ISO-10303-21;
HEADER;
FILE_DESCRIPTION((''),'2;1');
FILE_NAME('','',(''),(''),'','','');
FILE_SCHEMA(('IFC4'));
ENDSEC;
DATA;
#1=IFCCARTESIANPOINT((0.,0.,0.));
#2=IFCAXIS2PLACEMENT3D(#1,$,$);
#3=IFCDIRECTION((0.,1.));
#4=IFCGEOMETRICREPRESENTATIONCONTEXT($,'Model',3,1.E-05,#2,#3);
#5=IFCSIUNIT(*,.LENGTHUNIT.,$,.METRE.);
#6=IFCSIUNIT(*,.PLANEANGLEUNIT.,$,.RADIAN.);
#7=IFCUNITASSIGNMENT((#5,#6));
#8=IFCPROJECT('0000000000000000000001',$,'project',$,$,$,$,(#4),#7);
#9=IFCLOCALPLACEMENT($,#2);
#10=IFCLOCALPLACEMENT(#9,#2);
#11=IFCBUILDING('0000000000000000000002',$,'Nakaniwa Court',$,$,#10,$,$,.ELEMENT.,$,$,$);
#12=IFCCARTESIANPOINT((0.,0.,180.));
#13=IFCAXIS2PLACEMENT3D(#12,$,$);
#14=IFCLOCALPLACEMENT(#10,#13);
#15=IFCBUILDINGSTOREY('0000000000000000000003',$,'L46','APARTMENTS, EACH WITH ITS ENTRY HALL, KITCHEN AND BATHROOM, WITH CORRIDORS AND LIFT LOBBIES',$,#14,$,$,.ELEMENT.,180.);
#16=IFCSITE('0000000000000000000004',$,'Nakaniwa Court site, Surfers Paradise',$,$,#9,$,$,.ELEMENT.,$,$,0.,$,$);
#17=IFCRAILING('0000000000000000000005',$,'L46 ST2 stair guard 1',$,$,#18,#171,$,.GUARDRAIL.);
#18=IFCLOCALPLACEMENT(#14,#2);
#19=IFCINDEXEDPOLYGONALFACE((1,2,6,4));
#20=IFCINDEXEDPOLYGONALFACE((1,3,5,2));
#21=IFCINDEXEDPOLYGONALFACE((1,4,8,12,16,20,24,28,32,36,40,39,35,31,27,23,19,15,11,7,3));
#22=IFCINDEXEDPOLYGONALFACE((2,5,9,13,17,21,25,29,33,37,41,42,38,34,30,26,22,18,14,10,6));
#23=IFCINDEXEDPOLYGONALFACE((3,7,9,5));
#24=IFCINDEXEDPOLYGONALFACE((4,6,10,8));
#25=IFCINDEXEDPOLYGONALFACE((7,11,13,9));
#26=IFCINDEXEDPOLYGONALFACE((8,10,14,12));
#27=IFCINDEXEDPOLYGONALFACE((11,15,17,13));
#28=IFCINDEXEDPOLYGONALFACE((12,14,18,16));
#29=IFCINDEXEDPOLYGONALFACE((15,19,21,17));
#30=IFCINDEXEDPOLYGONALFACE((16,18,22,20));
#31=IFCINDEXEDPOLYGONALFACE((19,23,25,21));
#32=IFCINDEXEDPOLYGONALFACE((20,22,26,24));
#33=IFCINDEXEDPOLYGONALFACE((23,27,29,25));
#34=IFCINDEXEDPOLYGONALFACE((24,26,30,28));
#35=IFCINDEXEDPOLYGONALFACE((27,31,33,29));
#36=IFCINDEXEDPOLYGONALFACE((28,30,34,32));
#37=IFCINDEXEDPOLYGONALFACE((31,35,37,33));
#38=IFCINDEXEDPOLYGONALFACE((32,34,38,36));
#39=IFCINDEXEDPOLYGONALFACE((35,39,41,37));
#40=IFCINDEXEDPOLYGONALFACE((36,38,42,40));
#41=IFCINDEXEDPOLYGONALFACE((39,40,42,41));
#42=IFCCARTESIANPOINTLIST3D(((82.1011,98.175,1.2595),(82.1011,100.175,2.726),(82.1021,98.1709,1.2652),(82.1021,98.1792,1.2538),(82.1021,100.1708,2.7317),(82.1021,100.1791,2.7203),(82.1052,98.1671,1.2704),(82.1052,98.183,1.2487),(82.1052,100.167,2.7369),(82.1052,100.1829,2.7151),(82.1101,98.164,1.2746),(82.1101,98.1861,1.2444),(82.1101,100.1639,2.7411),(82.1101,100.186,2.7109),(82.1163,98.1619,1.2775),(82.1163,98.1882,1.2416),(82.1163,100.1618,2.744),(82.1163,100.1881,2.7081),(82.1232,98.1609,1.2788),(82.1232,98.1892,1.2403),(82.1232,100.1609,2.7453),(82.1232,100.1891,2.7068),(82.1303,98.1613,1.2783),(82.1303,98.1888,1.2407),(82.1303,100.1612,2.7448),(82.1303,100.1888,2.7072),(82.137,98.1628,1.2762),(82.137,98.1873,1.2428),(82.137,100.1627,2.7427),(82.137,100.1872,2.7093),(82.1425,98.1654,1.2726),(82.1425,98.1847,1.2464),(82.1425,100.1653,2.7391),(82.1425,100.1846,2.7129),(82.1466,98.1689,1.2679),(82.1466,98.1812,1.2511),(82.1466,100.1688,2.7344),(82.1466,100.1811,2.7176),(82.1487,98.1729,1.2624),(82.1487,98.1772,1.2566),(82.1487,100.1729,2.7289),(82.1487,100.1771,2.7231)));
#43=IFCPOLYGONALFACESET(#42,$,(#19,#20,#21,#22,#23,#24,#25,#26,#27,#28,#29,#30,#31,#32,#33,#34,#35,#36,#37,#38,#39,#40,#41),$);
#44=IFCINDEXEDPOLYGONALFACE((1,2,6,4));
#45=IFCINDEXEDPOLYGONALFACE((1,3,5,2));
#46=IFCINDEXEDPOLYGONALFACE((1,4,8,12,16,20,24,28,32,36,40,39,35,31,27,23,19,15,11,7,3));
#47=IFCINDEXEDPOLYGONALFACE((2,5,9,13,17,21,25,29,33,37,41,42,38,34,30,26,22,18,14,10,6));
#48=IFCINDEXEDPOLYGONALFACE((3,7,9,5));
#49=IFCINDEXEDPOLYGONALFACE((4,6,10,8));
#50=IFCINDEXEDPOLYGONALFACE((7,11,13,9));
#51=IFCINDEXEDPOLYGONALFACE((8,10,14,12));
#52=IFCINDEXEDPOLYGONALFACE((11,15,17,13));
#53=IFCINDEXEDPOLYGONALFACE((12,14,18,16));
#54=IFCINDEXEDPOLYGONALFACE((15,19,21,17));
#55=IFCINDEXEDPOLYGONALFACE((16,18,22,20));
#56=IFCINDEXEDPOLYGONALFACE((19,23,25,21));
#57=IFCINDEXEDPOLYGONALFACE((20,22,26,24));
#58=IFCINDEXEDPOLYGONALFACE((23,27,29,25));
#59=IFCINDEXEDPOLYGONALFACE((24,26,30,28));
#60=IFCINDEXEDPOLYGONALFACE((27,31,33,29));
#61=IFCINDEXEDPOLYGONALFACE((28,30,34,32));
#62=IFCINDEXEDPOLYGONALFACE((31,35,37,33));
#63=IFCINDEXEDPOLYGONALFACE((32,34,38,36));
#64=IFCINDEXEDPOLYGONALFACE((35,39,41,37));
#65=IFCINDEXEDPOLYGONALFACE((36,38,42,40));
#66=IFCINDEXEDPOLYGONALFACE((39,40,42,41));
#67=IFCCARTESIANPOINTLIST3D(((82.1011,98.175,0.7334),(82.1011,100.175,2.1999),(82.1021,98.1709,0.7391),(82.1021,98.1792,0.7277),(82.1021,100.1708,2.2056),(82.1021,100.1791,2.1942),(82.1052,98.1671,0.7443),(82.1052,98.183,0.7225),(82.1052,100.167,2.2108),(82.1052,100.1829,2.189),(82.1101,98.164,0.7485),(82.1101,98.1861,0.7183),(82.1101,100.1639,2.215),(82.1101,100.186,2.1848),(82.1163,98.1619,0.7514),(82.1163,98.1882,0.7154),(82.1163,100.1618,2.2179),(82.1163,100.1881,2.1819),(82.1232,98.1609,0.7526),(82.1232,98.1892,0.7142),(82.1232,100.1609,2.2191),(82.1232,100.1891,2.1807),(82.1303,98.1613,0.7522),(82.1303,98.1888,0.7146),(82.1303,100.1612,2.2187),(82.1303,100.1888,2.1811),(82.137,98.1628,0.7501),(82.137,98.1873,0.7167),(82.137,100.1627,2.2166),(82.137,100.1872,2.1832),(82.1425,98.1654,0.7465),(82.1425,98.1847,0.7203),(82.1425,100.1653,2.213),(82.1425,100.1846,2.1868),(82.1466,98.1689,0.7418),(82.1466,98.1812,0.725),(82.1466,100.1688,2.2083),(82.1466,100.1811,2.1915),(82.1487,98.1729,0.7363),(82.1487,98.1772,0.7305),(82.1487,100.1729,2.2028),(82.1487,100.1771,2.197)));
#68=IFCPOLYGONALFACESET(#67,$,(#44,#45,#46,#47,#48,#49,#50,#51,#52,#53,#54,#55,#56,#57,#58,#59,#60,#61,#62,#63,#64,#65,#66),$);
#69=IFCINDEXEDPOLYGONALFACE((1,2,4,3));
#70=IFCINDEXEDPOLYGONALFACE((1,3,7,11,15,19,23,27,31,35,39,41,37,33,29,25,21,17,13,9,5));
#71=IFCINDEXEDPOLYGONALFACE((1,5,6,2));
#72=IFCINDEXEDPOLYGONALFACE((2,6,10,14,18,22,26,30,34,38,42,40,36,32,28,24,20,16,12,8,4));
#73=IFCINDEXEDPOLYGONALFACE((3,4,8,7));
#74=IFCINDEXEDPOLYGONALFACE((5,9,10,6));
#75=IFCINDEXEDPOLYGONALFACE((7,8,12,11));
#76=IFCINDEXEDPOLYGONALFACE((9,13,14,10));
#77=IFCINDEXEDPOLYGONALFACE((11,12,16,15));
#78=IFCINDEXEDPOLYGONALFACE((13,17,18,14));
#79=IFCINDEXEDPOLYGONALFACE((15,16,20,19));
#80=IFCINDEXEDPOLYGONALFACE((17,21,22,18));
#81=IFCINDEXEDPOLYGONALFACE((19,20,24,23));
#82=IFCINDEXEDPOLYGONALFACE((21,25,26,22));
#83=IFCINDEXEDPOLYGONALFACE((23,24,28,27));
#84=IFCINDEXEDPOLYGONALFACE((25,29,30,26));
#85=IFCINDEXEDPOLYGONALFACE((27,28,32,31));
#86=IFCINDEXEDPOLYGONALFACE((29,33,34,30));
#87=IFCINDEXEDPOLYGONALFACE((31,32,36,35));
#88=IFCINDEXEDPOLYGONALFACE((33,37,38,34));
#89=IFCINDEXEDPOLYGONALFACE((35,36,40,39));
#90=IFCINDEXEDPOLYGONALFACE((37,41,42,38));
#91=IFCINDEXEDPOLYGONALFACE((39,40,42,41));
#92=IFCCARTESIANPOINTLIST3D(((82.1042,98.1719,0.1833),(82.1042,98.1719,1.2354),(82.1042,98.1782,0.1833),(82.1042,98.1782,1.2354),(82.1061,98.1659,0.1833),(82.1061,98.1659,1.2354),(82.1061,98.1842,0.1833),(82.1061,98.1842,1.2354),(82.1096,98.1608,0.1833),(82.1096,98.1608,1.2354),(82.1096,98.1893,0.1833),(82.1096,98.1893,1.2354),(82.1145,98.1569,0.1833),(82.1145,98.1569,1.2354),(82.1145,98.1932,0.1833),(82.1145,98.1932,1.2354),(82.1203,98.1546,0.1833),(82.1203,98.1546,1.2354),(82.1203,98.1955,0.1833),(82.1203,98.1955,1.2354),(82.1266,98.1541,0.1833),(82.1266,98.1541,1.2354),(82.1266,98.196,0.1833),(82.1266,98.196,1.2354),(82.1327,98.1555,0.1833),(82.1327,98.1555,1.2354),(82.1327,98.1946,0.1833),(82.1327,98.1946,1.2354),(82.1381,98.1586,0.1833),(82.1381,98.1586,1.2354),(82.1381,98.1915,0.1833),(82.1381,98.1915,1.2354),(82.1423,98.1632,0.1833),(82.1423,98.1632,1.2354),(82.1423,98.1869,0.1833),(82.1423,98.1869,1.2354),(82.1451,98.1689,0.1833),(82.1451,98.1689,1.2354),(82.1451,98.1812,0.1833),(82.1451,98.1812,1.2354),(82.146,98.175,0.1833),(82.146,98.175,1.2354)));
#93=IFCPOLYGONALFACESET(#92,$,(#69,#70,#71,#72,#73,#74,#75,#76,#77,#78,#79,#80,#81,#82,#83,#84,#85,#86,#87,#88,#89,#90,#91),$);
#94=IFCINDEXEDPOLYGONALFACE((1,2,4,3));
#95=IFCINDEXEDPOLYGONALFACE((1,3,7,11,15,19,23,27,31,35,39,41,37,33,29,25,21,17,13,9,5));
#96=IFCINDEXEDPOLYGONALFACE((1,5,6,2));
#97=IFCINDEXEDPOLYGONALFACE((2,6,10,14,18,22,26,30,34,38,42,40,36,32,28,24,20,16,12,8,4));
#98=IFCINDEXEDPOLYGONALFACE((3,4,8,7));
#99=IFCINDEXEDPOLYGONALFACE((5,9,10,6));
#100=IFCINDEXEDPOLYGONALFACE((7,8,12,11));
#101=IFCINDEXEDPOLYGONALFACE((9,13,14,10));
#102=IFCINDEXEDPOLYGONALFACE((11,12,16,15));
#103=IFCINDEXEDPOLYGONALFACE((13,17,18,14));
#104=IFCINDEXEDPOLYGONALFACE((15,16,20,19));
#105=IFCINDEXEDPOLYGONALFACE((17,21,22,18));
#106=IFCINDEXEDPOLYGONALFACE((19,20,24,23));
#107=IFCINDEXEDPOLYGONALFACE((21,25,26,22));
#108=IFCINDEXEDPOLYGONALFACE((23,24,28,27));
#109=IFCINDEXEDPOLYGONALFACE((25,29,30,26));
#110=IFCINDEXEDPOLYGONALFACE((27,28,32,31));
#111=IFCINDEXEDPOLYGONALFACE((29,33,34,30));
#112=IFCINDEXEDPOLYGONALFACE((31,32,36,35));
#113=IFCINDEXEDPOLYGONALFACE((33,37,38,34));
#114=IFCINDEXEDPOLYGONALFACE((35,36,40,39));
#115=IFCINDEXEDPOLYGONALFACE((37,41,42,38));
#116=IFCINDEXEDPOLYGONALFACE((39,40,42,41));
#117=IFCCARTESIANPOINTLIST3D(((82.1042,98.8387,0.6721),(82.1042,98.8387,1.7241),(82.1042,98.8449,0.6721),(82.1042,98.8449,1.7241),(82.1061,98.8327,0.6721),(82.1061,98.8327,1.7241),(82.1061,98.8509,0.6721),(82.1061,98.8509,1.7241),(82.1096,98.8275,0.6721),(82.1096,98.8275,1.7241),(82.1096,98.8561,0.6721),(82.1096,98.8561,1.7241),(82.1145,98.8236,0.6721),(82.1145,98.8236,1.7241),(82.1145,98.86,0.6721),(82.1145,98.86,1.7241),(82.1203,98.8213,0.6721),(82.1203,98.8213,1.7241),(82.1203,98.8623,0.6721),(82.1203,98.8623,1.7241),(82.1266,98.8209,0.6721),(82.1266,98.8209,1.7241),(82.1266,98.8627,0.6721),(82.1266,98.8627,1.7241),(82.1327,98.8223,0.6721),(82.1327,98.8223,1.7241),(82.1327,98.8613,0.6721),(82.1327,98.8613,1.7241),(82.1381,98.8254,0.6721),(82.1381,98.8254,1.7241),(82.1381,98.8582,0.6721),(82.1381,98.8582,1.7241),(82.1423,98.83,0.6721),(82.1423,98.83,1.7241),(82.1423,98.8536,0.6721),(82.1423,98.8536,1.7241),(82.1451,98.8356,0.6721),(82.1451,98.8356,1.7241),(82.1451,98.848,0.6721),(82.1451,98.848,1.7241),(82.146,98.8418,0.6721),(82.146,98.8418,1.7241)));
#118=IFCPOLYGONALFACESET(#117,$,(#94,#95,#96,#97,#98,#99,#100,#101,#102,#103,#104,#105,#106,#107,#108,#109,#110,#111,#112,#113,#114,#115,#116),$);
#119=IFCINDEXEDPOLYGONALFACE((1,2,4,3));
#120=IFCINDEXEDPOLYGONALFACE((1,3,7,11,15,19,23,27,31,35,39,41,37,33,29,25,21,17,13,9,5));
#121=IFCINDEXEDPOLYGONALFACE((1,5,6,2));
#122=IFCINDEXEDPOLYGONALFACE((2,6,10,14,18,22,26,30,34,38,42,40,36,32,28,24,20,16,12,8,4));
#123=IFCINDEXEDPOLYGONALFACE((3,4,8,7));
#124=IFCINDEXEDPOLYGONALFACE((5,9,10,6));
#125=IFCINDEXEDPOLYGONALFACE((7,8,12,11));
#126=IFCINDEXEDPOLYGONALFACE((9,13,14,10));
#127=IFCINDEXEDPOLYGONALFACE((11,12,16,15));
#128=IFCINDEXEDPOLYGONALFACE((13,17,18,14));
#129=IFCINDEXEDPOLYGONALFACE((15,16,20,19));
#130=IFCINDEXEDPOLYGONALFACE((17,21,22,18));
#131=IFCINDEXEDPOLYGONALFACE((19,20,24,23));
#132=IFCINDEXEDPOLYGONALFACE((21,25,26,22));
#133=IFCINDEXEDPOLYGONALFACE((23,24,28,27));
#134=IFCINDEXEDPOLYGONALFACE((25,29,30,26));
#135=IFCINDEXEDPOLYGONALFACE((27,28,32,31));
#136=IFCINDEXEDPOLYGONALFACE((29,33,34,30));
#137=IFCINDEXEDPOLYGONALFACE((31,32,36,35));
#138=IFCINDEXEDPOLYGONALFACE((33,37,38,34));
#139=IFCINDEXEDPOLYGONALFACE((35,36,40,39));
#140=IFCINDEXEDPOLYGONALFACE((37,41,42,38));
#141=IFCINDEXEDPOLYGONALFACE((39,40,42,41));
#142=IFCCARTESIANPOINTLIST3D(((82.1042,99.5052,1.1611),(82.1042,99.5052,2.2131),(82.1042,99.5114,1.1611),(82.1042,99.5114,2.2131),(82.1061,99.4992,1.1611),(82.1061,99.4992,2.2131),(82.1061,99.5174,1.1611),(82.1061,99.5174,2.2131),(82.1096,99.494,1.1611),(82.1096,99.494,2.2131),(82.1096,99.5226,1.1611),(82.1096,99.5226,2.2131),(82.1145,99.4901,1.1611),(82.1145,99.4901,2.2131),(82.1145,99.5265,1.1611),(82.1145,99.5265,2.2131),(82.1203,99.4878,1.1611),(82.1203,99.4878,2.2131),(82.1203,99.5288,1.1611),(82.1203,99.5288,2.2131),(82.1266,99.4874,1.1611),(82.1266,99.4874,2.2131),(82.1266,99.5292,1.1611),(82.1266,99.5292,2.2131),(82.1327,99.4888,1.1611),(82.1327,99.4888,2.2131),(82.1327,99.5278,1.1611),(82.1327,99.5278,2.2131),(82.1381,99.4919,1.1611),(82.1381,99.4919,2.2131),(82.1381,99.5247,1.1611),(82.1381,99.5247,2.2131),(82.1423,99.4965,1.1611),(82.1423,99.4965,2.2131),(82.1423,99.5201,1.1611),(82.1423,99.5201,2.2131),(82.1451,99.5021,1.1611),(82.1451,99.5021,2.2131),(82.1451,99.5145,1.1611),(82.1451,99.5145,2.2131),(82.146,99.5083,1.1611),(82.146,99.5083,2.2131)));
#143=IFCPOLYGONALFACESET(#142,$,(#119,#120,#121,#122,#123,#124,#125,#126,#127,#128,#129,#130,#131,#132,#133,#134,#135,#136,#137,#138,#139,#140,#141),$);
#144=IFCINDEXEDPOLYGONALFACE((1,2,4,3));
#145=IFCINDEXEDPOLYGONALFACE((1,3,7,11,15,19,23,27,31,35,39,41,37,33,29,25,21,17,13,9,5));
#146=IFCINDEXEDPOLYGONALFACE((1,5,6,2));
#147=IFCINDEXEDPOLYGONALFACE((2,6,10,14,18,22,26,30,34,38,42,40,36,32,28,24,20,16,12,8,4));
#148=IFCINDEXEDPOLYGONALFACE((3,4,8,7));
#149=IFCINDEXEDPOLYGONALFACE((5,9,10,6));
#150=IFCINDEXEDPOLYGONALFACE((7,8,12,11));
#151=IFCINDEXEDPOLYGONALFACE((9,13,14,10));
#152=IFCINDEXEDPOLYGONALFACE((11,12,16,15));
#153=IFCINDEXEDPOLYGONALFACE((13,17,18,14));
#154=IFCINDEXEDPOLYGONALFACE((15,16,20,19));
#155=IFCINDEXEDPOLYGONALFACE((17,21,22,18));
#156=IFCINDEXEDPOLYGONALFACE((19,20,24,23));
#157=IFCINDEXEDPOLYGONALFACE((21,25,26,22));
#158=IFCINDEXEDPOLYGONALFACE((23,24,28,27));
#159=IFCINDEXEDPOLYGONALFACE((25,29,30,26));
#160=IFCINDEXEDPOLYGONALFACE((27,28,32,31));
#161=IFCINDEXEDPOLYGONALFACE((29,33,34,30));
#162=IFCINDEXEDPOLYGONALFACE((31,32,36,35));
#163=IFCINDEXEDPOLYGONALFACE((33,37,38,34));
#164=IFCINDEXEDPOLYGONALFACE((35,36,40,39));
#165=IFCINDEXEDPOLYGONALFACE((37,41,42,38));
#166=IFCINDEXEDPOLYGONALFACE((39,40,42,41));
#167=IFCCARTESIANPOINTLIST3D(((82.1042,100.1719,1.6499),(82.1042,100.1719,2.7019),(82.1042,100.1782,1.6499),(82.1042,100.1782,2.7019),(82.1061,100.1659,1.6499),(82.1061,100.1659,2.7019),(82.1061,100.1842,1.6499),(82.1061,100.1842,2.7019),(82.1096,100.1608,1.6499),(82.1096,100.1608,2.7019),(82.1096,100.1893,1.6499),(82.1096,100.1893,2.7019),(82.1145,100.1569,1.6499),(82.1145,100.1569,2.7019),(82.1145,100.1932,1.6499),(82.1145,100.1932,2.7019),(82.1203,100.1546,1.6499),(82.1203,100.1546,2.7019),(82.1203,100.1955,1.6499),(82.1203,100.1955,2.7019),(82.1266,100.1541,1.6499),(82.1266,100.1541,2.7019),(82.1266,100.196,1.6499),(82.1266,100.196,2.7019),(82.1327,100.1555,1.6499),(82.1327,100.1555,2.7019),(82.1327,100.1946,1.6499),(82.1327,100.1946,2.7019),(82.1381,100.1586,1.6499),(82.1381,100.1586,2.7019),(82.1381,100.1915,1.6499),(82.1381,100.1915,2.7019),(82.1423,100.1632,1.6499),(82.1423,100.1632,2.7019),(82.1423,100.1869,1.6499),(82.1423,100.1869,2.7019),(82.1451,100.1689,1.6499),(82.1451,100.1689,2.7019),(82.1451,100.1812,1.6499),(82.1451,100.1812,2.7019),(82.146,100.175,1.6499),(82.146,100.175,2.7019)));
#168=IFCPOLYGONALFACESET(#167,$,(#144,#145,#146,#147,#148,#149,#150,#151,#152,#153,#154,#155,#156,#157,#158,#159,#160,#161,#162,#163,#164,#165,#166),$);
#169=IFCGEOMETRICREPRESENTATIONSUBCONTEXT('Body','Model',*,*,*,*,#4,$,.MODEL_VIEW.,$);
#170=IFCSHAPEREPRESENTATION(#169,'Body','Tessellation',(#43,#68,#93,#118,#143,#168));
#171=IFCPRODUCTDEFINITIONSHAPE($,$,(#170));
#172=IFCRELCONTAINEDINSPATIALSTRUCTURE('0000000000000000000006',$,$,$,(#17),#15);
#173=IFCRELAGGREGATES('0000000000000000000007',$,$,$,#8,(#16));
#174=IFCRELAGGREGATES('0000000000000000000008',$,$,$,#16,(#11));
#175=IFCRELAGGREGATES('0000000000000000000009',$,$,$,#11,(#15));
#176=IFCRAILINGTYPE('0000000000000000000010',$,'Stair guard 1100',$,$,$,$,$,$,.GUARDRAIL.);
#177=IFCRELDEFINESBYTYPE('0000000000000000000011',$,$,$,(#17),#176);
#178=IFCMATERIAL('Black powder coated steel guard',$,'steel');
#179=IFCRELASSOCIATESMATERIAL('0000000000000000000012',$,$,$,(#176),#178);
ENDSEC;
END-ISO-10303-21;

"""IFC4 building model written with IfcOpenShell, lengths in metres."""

from ifc_helpers import new_model, si_unit, direction, frame, origin, origin_2d, place, context, subcontext, project, spatial, circle, extrude, material, type_object, element, save


model = new_model("IFC4")

# Units and contexts
model_context = context("Model", 3, precision=1e-05, world=origin(), true_north=direction((0.0, 1.0)))
body_context = subcontext(model_context, "Body", "Model", "MODEL_VIEW")
ifc_project = project(units=[si_unit("LENGTHUNIT", "METRE"), si_unit("PLANEANGLEUNIT", "RADIAN")], contexts=[model_context])

# Site, building, storey
site_placement = place(None, origin())
site = spatial("IfcSite", under=ifc_project, at=site_placement, Name="Nakaniwa Court site, Surfers Paradise", CompositionType="ELEMENT", RefElevation=0.0)
building_placement = place(site_placement, origin())
building = spatial("IfcBuilding", under=site, at=building_placement, Name="Nakaniwa Court", CompositionType="ELEMENT")
storey_placement = place(building_placement, frame((0.0, 0.0, 180.0)))
storey = spatial("IfcBuildingStorey", under=building, at=storey_placement, Name="L46", Description="APARTMENTS, EACH WITH ITS ENTRY HALL, KITCHEN AND BATHROOM, WITH CORRIDORS AND LIFT LOBBIES", CompositionType="ELEMENT", Elevation=180.0)

# Railing
ifc_material_1 = material(Name="Black powder coated steel guard", Category="steel")
railing_type_1 = type_object("IfcRailingType", Name="Stair guard 1100", PredefinedType="GUARDRAIL", material=ifc_material_1)
railing_1_placement = place(storey_placement, frame((82.125, 98.175, 0.1833)))
element("IfcRailing", 1, at=railing_1_placement, inside=storey, type_object=railing_type_1, Name="L46 ST2 stair guard 1", PredefinedType="GUARDRAIL", context=body_context, shape_type="SweptSolid", body=[
    extrude(circle(Radius=0.0239, at=origin_2d()), frame((0.0, 0.0, 1.0762), z_axis=(0.0, 0.806427, 0.591334), x_axis=(-1.0, 0.0, 0.0)), (0.0, 0.0, 1.0), 2.48),
    extrude(circle(Radius=0.0239, at=origin_2d()), frame((0.0, 0.0, 0.55), z_axis=(0.0, 0.806427, 0.591334), x_axis=(-1.0, 0.0, 0.0)), (0.0, 0.0, 1.0), 2.48),
    extrude(circle(Radius=0.021, at=origin_2d()), origin(), (0.0, 0.0, 1.0), 1.052),
    extrude(circle(Radius=0.021, at=origin_2d()), frame((0.0, 0.6667, 0.4888)), (0.0, 0.0, 1.0), 1.052),
    extrude(circle(Radius=0.021, at=origin_2d()), frame((0.0, 1.3333, 0.9778)), (0.0, 0.0, 1.0), 1.052),
    extrude(circle(Radius=0.021, at=origin_2d()), frame((0.0, 2.0, 1.4666)), (0.0, 0.0, 1.0), 1.052),
])

save(model, "model.ifc")
